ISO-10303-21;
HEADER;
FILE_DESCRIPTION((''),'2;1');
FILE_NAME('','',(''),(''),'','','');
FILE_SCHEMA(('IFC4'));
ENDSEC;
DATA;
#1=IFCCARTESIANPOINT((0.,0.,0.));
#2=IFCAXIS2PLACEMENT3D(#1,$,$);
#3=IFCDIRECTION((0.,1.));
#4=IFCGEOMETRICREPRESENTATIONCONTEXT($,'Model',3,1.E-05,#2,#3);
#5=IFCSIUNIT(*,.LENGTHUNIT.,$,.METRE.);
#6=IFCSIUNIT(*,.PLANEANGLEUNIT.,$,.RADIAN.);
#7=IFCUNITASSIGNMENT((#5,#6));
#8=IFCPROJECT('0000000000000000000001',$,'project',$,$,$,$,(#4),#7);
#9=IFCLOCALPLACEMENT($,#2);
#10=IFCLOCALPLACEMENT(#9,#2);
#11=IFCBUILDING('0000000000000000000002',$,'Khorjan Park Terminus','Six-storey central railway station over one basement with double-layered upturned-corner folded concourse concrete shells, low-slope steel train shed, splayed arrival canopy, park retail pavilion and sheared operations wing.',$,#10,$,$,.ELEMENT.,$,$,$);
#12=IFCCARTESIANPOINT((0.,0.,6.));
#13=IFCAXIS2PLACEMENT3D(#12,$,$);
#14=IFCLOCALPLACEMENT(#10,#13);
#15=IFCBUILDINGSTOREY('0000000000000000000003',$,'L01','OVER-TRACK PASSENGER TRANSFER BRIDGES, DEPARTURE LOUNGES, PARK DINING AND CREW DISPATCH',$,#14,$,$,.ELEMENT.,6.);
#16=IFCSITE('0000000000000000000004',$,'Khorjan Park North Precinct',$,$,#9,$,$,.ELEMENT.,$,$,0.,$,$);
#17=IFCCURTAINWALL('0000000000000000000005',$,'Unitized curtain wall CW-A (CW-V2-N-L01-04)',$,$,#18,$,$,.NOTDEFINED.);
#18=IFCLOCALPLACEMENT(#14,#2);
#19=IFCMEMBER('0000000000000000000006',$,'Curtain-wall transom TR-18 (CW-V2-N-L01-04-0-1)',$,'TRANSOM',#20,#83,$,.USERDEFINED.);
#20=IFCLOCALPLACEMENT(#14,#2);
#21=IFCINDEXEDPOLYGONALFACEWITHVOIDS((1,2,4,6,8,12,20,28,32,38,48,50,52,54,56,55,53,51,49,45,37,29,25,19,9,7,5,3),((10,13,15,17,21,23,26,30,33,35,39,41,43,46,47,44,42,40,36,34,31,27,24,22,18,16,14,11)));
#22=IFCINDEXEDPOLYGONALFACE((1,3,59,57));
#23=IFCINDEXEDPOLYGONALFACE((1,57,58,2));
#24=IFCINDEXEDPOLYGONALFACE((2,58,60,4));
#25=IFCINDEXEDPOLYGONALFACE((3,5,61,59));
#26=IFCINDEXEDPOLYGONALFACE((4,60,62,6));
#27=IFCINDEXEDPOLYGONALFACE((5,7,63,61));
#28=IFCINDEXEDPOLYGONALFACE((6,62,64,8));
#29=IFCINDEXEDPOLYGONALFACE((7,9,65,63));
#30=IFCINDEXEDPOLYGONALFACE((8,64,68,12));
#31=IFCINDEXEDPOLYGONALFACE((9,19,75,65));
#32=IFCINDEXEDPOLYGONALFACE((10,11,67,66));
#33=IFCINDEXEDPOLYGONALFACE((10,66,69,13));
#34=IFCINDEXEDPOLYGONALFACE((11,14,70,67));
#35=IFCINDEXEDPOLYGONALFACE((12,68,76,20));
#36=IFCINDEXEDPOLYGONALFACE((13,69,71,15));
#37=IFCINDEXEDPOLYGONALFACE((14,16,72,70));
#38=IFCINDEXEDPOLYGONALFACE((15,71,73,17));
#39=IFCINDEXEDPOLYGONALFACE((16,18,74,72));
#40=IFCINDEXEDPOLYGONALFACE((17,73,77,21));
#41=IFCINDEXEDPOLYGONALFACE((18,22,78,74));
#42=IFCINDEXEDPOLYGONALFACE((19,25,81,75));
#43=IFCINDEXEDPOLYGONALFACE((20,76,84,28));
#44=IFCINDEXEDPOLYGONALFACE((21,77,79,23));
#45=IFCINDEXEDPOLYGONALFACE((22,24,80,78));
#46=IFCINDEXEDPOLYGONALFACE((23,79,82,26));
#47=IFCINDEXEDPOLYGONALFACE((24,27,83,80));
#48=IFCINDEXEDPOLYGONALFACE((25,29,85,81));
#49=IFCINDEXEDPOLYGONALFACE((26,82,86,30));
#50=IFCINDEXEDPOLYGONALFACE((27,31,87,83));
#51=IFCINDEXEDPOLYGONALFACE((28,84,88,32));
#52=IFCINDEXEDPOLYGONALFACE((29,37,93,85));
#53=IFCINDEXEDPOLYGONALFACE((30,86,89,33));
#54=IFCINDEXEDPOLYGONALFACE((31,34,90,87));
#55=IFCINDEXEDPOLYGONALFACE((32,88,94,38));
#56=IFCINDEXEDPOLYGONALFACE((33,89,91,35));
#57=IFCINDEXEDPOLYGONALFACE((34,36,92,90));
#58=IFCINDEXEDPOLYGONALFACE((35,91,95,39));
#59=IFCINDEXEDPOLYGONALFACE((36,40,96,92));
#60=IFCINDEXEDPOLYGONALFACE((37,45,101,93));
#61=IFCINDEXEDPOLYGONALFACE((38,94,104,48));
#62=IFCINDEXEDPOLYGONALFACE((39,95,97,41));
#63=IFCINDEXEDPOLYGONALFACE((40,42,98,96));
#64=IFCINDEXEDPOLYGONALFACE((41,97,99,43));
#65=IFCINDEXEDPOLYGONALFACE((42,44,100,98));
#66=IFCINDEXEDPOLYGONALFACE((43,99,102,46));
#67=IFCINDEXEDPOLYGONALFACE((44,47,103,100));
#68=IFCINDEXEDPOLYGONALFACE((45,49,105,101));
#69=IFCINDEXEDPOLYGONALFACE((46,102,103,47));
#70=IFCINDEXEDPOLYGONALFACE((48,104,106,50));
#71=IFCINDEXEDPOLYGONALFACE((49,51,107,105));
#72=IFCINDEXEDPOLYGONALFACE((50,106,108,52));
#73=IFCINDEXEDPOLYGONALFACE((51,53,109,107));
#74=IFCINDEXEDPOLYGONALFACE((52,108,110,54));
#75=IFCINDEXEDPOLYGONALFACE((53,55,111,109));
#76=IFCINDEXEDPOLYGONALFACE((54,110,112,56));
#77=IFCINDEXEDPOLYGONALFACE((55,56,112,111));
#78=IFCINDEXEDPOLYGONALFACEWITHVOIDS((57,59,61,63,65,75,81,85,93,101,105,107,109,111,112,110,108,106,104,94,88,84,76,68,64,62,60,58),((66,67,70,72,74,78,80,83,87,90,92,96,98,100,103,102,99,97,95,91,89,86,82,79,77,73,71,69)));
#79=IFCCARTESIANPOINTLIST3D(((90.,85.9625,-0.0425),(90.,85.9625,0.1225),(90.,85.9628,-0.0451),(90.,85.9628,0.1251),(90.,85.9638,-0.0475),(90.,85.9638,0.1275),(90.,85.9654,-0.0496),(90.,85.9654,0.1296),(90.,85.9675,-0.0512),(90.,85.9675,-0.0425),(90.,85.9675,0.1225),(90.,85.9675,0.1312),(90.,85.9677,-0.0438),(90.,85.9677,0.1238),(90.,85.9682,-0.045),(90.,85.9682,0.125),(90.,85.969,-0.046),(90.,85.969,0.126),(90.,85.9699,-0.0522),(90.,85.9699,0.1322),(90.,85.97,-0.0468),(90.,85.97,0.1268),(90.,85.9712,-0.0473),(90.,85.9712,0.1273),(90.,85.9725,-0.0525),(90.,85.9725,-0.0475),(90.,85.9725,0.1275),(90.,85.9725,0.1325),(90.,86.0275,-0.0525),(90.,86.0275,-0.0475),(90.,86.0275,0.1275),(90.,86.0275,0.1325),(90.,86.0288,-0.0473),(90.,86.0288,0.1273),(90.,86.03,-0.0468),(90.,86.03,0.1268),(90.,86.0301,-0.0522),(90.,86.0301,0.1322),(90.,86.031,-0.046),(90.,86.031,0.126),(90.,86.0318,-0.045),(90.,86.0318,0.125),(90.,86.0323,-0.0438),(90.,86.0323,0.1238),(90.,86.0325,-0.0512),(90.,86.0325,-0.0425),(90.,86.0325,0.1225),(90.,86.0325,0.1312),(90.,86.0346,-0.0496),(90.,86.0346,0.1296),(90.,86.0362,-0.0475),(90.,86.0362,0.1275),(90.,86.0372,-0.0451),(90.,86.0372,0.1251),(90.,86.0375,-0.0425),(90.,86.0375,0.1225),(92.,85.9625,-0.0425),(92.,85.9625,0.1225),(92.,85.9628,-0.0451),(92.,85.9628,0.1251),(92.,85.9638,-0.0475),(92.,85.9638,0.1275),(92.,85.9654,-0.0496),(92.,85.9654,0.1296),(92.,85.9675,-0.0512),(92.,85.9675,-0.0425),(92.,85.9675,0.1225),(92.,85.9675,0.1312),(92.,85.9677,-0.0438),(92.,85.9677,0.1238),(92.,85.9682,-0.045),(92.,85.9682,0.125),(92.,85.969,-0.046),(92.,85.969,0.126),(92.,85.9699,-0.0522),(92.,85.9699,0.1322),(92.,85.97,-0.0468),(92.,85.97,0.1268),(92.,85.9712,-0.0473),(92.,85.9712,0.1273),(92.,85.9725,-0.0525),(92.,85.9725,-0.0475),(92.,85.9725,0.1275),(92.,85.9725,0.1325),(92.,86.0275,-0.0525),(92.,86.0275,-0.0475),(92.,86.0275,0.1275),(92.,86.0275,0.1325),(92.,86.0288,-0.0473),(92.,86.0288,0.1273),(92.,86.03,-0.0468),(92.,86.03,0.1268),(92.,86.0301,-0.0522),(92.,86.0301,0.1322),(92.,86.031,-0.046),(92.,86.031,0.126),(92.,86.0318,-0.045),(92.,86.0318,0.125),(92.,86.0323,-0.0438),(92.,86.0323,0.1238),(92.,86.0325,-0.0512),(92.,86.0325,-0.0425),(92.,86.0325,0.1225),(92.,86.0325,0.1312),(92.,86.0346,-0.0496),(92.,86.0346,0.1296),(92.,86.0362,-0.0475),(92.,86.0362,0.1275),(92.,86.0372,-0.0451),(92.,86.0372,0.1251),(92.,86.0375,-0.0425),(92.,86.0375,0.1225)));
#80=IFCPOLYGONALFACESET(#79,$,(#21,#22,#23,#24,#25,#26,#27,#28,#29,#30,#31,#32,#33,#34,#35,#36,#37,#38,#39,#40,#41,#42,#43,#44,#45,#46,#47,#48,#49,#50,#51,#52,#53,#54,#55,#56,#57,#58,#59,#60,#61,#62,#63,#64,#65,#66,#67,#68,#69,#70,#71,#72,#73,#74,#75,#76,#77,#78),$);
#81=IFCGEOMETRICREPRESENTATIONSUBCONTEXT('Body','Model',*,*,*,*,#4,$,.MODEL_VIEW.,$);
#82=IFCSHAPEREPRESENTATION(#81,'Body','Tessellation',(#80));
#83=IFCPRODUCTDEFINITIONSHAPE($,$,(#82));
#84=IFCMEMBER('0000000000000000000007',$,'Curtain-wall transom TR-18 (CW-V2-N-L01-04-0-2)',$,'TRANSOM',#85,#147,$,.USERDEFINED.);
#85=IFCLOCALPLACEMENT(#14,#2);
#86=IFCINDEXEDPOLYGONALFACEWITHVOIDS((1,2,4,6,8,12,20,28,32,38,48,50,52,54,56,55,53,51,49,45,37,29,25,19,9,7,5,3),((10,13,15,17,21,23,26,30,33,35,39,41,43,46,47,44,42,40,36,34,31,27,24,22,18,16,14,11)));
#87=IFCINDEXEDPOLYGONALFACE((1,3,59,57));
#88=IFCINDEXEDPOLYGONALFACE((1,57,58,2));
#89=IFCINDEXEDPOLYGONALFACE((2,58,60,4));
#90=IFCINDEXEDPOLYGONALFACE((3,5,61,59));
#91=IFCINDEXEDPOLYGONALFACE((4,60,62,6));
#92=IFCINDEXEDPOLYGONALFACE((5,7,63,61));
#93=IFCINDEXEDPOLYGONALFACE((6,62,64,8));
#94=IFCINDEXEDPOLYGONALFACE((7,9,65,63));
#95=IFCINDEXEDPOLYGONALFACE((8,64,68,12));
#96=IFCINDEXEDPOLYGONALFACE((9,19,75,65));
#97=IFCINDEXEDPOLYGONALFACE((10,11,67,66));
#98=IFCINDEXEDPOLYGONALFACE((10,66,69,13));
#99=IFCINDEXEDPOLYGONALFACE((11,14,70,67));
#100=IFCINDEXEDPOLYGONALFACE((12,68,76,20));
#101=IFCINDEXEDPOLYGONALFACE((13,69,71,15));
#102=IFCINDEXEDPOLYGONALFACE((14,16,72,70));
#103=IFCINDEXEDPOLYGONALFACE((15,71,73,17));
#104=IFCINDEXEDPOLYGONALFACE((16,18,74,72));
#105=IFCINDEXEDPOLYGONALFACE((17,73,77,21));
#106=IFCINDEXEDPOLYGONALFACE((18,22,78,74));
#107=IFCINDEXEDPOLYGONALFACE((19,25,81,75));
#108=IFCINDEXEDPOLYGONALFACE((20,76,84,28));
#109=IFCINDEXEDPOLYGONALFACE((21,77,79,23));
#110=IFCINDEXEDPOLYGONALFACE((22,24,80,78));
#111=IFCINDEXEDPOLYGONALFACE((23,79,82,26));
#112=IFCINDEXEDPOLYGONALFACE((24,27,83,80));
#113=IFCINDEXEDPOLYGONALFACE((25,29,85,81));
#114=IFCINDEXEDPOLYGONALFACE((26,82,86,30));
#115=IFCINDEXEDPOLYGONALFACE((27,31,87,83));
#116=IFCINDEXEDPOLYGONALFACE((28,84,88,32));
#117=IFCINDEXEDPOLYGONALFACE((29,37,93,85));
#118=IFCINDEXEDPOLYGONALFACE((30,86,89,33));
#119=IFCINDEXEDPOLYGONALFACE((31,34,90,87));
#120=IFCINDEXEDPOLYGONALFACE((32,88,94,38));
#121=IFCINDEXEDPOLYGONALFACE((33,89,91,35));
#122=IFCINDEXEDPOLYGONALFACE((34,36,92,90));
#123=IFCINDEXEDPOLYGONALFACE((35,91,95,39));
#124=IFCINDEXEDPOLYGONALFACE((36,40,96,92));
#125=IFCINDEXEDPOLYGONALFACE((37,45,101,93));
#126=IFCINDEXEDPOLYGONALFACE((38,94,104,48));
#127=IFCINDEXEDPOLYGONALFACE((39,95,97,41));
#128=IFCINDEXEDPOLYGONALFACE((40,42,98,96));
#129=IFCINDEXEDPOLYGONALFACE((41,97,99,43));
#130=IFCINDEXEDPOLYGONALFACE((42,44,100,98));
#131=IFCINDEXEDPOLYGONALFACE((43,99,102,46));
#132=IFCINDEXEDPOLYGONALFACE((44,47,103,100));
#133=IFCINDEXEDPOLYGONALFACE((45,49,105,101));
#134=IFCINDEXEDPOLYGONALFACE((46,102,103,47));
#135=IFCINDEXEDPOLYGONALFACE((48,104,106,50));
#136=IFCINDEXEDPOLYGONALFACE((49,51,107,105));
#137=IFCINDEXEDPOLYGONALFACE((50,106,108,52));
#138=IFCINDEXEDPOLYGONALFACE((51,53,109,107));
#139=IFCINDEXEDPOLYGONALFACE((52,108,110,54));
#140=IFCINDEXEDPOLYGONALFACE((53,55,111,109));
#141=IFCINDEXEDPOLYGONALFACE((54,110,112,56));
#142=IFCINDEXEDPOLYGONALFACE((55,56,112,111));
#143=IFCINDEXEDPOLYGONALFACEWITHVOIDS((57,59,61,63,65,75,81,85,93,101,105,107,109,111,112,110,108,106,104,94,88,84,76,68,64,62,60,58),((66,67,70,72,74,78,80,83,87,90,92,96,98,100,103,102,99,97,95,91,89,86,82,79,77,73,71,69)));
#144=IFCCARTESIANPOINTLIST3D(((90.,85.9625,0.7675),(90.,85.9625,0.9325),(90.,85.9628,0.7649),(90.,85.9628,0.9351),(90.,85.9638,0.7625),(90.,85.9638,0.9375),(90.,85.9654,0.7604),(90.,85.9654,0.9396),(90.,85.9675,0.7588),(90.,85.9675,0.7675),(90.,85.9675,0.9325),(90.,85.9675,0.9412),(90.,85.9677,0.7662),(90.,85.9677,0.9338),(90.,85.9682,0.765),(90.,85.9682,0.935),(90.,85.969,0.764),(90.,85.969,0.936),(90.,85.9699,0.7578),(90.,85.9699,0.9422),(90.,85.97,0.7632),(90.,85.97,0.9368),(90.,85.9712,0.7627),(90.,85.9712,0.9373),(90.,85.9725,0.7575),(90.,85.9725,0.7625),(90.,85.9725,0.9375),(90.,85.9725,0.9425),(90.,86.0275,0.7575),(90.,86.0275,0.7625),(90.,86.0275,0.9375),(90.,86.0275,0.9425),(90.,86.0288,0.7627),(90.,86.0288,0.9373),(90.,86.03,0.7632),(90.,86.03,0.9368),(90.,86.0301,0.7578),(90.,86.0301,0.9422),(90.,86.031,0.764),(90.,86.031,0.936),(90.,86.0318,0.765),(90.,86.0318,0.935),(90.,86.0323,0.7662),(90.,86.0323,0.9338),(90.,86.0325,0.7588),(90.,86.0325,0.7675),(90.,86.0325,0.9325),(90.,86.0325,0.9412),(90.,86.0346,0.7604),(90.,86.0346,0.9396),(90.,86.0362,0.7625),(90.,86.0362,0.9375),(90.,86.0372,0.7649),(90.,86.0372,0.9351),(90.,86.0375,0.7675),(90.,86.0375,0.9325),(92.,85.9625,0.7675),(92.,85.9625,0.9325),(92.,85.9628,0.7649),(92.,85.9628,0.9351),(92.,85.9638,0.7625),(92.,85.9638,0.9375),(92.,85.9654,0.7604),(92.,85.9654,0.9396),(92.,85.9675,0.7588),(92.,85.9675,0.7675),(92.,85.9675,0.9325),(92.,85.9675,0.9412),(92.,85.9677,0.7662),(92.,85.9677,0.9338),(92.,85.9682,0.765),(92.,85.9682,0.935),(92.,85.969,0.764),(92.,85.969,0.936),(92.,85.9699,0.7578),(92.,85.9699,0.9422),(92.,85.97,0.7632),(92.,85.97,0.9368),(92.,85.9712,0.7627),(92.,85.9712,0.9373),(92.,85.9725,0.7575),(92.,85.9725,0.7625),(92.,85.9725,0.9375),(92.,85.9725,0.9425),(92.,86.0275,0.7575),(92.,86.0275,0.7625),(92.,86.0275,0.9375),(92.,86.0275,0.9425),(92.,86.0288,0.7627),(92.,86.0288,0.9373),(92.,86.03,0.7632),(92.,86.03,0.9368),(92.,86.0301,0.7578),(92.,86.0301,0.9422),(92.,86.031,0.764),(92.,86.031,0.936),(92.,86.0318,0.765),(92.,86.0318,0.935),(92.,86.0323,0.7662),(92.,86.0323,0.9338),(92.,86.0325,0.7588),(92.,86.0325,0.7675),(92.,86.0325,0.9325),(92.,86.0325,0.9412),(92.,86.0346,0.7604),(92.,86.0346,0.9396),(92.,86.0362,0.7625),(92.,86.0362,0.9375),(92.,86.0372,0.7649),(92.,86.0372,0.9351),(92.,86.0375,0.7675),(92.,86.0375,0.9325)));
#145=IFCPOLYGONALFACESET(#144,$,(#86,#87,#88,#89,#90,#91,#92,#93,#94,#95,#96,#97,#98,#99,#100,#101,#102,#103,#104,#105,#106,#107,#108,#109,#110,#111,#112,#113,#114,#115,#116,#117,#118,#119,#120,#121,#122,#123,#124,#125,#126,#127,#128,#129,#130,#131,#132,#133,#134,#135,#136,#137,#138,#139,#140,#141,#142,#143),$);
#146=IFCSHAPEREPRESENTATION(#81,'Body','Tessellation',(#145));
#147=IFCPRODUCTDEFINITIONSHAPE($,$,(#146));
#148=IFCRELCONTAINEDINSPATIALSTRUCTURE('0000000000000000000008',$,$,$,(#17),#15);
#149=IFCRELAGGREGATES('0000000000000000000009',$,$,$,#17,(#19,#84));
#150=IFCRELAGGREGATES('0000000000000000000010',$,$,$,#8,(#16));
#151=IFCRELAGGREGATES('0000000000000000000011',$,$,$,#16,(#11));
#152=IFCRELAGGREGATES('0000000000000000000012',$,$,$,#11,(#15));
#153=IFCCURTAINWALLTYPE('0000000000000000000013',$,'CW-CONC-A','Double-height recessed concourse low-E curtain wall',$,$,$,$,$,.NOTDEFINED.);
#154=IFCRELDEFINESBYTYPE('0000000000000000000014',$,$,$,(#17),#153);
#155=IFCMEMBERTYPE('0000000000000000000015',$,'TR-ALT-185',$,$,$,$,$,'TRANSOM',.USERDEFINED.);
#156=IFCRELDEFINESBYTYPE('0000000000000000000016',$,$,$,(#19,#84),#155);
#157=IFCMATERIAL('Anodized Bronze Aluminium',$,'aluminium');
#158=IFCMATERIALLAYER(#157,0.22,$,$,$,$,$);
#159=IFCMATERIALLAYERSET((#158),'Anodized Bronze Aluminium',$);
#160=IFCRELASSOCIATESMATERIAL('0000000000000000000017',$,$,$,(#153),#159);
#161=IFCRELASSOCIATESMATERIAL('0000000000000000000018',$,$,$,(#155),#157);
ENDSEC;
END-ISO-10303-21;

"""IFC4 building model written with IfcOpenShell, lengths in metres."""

from ifc_helpers import new_model, si_unit, direction, frame, origin, origin_2d, place, context, subcontext, project, spatial, hollow_rectangle, extrude, material, layer, layer_set, material_profile, profile_set, type_object, element, aggregate, save


model = new_model("IFC4")

# Units and contexts
model_context = context("Model", 3, precision=1e-05, world=origin(), true_north=direction((0.0, 1.0)))
body_context = subcontext(model_context, "Body", "Model", "MODEL_VIEW")
ifc_project = project(units=[si_unit("LENGTHUNIT", "METRE"), si_unit("PLANEANGLEUNIT", "RADIAN")], contexts=[model_context])

# Site, building, storey
site_placement = place(None, origin())
site = spatial("IfcSite", under=ifc_project, at=site_placement, Name="Khorjan Park North Precinct", CompositionType="ELEMENT", RefElevation=0.0)
building_placement = place(site_placement, origin())
building = spatial("IfcBuilding", under=site, at=building_placement, Name="Khorjan Park Terminus", Description="Six-storey central railway station over one basement with double-layered upturned-corner folded concourse concrete shells, low-slope steel train shed, splayed arrival canopy, park retail pavilion and sheared operations wing.", CompositionType="ELEMENT")
storey_placement = place(building_placement, frame((0.0, 0.0, 6.0)))
storey = spatial("IfcBuildingStorey", under=building, at=storey_placement, Name="L01", Description="OVER-TRACK PASSENGER TRANSFER BRIDGES, DEPARTURE LOUNGES, PARK DINING AND CREW DISPATCH", CompositionType="ELEMENT", Elevation=6.0)

# Curtain wall
ifc_material_1 = material(Name="Anodized Bronze Aluminium", Category="aluminium")
ifc_layer_1 = layer(ifc_material_1, 0.22)
ifc_layer_set_1 = layer_set([ifc_layer_1], Name="Anodized Bronze Aluminium")
curtain_wall_type = type_object("IfcCurtainWallType", Name="CW-CONC-A", Description="Double-height recessed concourse low-E curtain wall", PredefinedType="NOTDEFINED", material=ifc_layer_set_1)
curtain_wall_placement = place(storey_placement, origin())
curtain_wall = element("IfcCurtainWall", 1, at=curtain_wall_placement, inside=storey, type_object=curtain_wall_type, Name="Unitized curtain wall CW-A (CW-V2-N-L01-04)", PredefinedType="NOTDEFINED")

# Members
ifc_material_profile_1 = material_profile(ifc_material_1, hollow_rectangle(XDim=0.075, YDim=0.185, WallThickness=0.005, InnerFilletRadius=0.005, OuterFilletRadius=0.01, at=origin_2d()), Name="ALT 75x185x5")
ifc_profile_set_1 = profile_set([ifc_material_profile_1], Name="Anodized Bronze Aluminium")
member_type_1 = type_object("IfcMemberType", Name="TR-ALT-185", ElementType="TRANSOM", PredefinedType="USERDEFINED", material=ifc_profile_set_1)
member_1_placement = place(storey_placement, frame((92.0, 86.0, 0.04), z_axis=(-1.0, 0.0, 0.0), x_axis=(0.0, -1.0, 0.0)))
member_1 = element("IfcMember", 2, at=member_1_placement, type_object=member_type_1, Name="Curtain-wall transom TR-18 (CW-V2-N-L01-04-0-1)", ObjectType="TRANSOM", PredefinedType="USERDEFINED", context=body_context, shape_type="SweptSolid", body=[
    extrude(hollow_rectangle(XDim=0.075, YDim=0.185, WallThickness=0.005, InnerFilletRadius=0.005, OuterFilletRadius=0.01, at=origin_2d()), origin(), (0.0, 0.0, 1.0), 2.0),
])
member_2_placement = place(storey_placement, frame((92.0, 86.0, 0.85), z_axis=(-1.0, 0.0, 0.0), x_axis=(0.0, -1.0, 0.0)))
member_2 = element("IfcMember", 3, at=member_2_placement, type_object=member_type_1, Name="Curtain-wall transom TR-18 (CW-V2-N-L01-04-0-2)", ObjectType="TRANSOM", PredefinedType="USERDEFINED", context=body_context, shape_type="SweptSolid", body=[
    extrude(hollow_rectangle(XDim=0.075, YDim=0.185, WallThickness=0.005, InnerFilletRadius=0.005, OuterFilletRadius=0.01, at=origin_2d()), origin(), (0.0, 0.0, 1.0), 2.0),
])

aggregate(curtain_wall, [member_1, member_2])

save(model, "model.ifc")
